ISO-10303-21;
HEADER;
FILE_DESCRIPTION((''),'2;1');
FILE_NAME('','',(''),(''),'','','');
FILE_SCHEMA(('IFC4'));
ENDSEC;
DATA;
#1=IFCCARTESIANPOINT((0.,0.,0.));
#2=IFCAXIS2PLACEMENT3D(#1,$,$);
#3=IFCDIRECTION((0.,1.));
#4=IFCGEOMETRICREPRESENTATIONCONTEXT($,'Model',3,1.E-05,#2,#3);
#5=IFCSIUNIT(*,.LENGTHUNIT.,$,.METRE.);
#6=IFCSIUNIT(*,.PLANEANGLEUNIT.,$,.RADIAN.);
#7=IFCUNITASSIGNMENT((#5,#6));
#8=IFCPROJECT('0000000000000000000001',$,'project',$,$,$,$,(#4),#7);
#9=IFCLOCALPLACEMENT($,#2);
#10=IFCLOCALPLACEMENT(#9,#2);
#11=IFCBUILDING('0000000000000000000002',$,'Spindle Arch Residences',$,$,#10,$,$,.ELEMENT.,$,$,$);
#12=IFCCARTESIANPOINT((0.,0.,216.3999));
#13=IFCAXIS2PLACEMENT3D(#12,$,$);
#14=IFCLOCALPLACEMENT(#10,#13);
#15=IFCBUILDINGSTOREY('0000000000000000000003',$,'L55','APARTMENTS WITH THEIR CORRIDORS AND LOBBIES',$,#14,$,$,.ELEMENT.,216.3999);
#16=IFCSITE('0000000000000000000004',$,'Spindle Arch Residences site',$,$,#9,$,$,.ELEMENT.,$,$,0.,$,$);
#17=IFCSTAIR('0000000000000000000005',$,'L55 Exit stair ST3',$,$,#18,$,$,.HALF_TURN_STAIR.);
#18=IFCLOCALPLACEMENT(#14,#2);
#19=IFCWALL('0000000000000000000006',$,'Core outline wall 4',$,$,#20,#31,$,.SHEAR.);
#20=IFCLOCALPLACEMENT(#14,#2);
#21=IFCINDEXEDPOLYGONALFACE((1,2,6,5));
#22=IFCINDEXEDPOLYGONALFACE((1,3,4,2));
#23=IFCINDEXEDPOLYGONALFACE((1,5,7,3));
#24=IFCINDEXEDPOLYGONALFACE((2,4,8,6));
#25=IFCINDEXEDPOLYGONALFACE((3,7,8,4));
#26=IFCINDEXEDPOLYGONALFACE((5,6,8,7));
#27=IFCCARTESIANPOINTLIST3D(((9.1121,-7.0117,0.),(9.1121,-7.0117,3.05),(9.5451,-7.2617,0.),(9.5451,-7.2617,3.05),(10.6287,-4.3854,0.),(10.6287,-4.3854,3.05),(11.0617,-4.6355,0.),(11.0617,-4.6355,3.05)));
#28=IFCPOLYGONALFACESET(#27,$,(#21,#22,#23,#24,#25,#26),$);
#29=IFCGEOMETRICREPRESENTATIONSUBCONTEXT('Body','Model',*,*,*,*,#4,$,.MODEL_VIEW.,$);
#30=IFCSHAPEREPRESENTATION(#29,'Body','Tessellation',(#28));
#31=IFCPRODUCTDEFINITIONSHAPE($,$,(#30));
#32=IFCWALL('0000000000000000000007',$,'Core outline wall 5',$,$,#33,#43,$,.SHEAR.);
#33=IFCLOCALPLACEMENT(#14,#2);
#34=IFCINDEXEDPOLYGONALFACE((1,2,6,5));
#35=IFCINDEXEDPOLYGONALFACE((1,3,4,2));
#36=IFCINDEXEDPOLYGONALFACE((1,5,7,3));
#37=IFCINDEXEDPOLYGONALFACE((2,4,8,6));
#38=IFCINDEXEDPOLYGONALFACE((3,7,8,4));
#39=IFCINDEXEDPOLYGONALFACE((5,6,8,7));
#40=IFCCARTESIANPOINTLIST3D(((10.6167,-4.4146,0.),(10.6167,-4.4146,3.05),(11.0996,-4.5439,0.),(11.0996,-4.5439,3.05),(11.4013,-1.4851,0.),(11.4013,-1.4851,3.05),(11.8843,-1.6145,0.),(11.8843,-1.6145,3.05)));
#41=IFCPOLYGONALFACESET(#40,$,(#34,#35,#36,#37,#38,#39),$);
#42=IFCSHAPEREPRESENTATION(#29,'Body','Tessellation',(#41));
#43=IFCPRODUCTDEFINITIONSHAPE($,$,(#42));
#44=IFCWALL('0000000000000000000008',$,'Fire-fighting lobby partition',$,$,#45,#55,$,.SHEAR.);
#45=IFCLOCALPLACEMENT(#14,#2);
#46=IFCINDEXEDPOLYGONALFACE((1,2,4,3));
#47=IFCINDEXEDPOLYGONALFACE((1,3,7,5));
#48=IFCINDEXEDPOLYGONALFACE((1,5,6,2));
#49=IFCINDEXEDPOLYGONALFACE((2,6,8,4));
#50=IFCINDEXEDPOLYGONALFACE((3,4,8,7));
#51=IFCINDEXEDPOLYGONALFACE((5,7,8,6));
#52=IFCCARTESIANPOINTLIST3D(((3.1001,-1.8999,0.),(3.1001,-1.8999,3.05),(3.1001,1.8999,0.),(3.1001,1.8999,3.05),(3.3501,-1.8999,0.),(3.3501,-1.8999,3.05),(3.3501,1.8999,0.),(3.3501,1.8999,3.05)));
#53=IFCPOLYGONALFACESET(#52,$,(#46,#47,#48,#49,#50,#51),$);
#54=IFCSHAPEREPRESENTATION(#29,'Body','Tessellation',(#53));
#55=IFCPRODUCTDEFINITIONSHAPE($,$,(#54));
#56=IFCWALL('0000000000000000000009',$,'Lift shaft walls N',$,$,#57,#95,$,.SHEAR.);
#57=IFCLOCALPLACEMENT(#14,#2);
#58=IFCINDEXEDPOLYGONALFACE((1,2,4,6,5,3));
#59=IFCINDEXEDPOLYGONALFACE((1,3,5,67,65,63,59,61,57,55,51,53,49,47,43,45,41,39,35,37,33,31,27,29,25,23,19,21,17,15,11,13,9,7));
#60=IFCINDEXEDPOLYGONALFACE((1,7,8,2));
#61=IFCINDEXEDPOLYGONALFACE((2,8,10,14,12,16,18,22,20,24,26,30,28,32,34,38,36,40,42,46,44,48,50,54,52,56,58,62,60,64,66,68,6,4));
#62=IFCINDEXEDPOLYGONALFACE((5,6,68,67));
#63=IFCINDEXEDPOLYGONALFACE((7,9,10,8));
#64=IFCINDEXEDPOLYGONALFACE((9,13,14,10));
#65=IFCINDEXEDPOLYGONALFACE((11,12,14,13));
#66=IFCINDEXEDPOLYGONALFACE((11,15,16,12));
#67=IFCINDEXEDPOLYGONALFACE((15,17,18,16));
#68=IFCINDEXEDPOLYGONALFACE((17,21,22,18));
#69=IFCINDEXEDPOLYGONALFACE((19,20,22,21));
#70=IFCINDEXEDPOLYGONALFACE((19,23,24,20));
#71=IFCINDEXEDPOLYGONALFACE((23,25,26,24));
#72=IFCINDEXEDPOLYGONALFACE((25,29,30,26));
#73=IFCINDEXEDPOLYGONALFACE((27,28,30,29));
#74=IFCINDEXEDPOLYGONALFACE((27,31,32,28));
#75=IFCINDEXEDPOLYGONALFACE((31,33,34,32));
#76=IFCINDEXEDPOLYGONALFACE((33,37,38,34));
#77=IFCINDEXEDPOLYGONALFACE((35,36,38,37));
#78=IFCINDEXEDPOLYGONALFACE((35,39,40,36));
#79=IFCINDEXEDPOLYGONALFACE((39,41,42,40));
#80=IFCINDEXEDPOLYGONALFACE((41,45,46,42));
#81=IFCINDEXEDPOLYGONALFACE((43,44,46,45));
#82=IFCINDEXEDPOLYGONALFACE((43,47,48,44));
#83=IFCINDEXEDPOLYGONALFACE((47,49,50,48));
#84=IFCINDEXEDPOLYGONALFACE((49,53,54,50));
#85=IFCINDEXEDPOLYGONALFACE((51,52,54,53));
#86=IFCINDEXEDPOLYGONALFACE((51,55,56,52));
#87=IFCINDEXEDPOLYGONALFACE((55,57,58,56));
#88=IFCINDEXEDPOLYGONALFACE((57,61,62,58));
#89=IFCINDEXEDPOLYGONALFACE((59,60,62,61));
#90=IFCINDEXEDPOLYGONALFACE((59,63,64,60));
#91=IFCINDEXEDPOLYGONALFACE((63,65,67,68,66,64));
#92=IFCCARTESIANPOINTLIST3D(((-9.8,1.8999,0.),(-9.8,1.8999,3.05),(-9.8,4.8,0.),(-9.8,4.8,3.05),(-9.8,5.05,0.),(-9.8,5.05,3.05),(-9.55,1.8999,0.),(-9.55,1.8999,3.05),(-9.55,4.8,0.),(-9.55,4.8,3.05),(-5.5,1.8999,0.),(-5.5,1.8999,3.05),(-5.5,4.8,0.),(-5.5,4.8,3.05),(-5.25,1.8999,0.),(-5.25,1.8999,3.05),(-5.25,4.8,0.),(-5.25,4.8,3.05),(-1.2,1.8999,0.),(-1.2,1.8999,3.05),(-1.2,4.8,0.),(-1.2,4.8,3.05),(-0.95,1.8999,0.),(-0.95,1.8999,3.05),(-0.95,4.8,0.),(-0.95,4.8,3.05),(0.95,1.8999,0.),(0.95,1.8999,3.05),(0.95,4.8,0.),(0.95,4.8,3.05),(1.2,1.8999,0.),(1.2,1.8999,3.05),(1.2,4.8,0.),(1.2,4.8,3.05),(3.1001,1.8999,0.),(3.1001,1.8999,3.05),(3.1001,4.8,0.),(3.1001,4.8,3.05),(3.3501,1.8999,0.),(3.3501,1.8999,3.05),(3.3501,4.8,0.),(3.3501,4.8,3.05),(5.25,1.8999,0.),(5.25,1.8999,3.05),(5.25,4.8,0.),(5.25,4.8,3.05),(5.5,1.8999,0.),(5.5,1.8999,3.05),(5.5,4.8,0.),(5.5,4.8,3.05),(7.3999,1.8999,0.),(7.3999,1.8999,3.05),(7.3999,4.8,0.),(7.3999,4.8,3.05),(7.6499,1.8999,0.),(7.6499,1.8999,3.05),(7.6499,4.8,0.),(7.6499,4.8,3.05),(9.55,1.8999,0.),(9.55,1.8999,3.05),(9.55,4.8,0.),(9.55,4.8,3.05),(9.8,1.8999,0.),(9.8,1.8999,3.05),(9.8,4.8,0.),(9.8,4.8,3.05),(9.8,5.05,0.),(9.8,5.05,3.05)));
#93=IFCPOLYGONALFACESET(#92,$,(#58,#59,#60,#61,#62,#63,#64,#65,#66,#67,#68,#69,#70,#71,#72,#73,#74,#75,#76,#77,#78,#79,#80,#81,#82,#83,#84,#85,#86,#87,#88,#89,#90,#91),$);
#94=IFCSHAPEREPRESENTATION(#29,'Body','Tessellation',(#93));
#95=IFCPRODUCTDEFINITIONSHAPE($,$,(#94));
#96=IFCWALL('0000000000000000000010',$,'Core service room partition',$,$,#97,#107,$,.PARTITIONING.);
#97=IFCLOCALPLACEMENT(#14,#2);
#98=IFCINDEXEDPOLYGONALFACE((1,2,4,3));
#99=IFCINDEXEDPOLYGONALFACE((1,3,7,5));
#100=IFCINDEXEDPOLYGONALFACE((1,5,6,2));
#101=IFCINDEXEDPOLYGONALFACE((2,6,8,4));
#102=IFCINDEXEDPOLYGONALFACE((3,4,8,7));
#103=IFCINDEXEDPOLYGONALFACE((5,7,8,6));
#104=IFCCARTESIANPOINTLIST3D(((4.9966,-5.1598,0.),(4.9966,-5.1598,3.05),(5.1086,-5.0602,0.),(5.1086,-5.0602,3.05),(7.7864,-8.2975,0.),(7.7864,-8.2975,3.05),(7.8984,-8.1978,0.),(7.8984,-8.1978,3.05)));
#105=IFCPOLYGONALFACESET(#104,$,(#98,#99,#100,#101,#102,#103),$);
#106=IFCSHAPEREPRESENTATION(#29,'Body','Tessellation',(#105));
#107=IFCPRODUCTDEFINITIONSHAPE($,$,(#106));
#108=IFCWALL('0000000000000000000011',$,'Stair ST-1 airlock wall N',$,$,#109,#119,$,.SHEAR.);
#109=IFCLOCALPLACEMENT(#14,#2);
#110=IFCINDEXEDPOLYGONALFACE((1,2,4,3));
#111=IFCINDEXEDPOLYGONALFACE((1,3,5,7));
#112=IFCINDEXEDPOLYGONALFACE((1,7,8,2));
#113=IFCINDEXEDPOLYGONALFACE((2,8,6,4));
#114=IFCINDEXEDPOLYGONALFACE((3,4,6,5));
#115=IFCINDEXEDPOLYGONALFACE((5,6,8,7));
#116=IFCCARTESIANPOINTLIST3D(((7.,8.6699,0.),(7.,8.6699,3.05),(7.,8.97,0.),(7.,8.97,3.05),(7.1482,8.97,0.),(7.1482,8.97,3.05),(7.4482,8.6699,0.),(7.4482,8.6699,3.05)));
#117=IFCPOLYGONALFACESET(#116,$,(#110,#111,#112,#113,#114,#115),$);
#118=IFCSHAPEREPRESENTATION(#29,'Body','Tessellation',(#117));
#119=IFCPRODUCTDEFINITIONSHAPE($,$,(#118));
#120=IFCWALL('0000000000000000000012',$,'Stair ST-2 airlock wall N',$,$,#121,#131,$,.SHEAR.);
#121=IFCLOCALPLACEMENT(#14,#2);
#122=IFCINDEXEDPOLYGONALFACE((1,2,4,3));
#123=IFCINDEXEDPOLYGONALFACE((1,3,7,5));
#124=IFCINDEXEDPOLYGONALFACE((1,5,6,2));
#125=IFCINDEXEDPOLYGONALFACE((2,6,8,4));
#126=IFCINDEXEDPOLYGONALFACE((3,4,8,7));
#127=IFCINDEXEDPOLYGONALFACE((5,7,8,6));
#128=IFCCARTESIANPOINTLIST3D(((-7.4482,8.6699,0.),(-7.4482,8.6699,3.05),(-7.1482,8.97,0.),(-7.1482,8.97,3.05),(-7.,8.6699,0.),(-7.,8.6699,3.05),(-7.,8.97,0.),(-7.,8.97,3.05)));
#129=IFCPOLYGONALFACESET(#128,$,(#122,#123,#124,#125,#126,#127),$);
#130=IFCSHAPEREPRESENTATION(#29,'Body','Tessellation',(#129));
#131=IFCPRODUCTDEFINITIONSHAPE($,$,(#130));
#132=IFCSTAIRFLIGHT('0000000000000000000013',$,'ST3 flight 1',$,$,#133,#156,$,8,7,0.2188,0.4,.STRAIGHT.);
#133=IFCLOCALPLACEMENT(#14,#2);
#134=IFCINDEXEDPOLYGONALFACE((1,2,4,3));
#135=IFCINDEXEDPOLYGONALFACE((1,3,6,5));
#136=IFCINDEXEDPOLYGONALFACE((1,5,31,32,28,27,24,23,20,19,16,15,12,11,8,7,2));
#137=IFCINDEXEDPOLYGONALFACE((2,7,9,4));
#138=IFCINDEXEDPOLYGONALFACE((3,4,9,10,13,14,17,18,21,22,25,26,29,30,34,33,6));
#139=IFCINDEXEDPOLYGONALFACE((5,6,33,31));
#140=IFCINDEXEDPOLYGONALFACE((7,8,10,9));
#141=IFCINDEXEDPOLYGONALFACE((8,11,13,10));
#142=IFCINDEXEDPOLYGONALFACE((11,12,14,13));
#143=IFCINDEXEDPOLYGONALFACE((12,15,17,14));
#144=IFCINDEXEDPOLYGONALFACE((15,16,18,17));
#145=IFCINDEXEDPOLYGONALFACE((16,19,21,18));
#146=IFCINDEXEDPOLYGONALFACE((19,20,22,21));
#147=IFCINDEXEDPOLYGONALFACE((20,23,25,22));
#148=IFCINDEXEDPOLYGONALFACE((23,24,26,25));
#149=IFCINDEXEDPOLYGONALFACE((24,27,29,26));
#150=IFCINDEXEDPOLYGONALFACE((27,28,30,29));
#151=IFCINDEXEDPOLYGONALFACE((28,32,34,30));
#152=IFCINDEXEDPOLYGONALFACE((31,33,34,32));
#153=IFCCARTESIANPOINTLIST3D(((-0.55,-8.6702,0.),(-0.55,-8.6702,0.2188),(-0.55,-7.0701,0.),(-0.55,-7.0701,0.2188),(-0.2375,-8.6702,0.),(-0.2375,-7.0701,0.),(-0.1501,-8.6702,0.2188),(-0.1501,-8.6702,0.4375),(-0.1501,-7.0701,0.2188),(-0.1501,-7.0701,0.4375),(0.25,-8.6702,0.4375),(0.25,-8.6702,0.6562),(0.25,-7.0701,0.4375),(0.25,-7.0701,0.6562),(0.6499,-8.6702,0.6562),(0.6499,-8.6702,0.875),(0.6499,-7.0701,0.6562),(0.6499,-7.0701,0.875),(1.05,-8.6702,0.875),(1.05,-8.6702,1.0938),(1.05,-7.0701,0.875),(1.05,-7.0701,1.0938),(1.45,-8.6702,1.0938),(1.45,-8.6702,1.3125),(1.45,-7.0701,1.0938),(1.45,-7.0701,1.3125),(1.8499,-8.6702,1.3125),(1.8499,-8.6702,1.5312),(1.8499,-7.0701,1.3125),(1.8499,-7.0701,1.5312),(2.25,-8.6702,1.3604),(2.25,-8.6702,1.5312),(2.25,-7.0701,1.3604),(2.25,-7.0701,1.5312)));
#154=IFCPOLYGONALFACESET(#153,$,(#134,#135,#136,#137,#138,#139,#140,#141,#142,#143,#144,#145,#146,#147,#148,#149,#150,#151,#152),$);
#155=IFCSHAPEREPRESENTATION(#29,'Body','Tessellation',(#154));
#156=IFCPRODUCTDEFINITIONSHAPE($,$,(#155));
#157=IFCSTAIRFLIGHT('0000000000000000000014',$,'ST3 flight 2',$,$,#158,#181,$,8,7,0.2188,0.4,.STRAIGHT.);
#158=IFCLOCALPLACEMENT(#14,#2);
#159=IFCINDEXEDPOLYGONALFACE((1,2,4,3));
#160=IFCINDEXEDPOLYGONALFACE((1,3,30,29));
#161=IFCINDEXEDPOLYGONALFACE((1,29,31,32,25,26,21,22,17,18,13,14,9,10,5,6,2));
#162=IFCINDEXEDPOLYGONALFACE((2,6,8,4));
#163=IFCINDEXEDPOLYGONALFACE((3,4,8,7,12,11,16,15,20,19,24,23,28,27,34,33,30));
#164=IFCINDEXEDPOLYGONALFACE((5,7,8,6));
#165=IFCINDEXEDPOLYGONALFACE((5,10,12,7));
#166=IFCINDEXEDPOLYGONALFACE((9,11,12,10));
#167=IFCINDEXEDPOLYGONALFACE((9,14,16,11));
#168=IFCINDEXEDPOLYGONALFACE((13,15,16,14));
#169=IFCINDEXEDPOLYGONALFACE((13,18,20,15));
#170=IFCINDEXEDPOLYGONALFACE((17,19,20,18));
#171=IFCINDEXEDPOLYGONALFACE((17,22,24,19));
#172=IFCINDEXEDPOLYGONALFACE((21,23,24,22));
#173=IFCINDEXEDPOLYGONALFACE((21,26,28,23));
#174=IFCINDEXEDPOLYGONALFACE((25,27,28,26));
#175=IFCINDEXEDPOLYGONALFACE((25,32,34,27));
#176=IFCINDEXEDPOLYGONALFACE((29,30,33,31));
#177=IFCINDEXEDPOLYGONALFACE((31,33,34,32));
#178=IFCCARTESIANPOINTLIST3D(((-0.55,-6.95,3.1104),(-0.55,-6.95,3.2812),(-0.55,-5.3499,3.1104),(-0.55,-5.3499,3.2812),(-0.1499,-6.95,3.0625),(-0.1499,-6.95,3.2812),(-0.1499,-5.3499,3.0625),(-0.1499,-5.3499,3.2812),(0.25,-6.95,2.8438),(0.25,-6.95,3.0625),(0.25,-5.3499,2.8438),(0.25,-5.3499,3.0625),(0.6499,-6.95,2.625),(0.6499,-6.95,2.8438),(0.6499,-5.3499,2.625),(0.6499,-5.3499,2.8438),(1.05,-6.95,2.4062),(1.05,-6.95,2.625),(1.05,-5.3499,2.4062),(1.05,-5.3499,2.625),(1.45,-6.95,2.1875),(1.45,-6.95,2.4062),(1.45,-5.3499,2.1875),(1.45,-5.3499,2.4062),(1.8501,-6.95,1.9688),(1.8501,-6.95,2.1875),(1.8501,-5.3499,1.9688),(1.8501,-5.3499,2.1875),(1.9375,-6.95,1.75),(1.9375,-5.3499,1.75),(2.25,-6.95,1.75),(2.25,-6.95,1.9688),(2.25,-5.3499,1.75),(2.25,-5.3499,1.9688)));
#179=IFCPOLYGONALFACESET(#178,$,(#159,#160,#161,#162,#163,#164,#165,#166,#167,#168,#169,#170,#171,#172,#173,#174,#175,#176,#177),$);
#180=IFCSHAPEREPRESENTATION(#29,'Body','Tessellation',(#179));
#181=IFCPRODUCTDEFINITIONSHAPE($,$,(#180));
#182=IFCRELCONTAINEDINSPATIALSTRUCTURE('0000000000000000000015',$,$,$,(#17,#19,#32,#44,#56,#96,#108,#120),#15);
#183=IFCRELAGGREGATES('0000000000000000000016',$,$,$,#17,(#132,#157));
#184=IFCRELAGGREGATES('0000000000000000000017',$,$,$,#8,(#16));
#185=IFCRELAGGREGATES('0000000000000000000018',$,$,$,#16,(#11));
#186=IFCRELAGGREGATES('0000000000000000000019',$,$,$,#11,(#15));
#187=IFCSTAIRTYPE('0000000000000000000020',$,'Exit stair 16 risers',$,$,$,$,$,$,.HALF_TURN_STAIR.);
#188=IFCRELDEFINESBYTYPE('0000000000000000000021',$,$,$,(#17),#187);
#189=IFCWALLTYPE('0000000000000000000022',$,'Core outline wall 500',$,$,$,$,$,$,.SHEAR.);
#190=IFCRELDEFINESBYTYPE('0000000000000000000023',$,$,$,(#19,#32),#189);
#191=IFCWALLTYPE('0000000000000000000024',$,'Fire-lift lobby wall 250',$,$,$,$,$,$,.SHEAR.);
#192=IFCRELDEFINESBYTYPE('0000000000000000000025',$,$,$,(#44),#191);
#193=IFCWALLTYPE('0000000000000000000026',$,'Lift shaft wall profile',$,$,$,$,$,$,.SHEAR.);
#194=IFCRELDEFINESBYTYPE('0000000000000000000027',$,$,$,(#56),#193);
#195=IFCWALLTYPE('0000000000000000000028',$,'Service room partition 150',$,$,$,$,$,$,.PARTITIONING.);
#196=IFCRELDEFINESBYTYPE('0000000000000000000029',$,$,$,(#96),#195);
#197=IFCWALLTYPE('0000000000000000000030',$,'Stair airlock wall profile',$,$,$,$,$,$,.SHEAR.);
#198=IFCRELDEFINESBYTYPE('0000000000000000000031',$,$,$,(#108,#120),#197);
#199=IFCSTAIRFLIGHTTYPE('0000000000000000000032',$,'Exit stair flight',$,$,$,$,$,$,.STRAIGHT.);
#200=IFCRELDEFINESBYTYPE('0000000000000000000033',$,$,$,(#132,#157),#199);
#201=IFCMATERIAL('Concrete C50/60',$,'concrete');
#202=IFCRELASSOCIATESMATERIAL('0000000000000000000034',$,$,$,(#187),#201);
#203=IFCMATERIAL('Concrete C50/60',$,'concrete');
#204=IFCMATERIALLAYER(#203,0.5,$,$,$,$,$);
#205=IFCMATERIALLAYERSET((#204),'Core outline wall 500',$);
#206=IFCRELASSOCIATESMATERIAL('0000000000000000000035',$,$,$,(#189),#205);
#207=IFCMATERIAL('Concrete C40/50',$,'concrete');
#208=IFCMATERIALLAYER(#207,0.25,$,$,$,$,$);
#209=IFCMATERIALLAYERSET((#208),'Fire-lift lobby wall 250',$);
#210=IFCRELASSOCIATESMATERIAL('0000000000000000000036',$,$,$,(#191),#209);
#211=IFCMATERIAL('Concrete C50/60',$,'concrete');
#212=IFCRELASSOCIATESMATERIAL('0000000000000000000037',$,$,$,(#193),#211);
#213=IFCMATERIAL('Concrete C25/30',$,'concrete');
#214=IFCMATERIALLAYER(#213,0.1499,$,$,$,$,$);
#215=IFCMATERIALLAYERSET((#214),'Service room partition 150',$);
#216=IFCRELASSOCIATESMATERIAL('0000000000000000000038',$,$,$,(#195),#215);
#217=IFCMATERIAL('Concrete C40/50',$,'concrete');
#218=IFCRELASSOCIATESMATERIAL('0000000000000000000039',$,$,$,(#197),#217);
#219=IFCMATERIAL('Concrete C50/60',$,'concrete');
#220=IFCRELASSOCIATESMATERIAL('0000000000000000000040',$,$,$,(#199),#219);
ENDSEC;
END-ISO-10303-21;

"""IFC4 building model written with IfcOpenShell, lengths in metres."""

from ifc_helpers import new_model, si_unit, direction, frame, frame_2d, origin, place, context, subcontext, project, spatial, polyline, rectangle, outline, extrude, material, layer, layer_set, type_object, element, aggregate, save


model = new_model("IFC4")

# Units and contexts
model_context = context("Model", 3, precision=1e-05, world=origin(), true_north=direction((0.0, 1.0)))
body_context = subcontext(model_context, "Body", "Model", "MODEL_VIEW")
ifc_project = project(units=[si_unit("LENGTHUNIT", "METRE"), si_unit("PLANEANGLEUNIT", "RADIAN")], contexts=[model_context])

# Site, building, storey
site_placement = place(None, origin())
site = spatial("IfcSite", under=ifc_project, at=site_placement, Name="Spindle Arch Residences site", CompositionType="ELEMENT", RefElevation=0.0)
building_placement = place(site_placement, origin())
building = spatial("IfcBuilding", under=site, at=building_placement, Name="Spindle Arch Residences", CompositionType="ELEMENT")
storey_placement = place(building_placement, frame((0.0, 0.0, 216.3999)))
storey = spatial("IfcBuildingStorey", under=building, at=storey_placement, Name="L55", Description="APARTMENTS WITH THEIR CORRIDORS AND LOBBIES", CompositionType="ELEMENT", Elevation=216.3999)

# Stair
ifc_material_1 = material(Name="Concrete C50/60", Category="concrete")
stair_type = type_object("IfcStairType", Name="Exit stair 16 risers", PredefinedType="HALF_TURN_STAIR", material=ifc_material_1)
stair_1_placement = place(storey_placement, origin())
stair_1 = element("IfcStair", 1, at=stair_1_placement, inside=storey, type_object=stair_type, Name="L55 Exit stair ST3", PredefinedType="HALF_TURN_STAIR")

# Walls
ifc_material_2 = material(Name="Concrete C50/60", Category="concrete")
ifc_layer_1 = layer(ifc_material_2, 0.5)
ifc_layer_set_1 = layer_set([ifc_layer_1], Name="Core outline wall 500")
wall_type_1 = type_object("IfcWallType", Name="Core outline wall 500", PredefinedType="SHEAR", material=ifc_layer_set_1)
for number, where, z_axis, x_axis, name in (
    (2, (9.3286, -7.1367, 0.0), (0.0, 0.0, 1.0), (0.500087, 0.865975, 0.0), "Core outline wall 4"),
    (3, (10.8582, -4.4792, 0.0), (0.0, 0.0, 1.0), (0.258735, 0.965948, 0.0), "Core outline wall 5"),
):
    element("IfcWall", number, at=place(storey_placement, frame(where, z_axis=z_axis, x_axis=x_axis)), inside=storey, type_object=wall_type_1, Name=name, PredefinedType="SHEAR", context=body_context, shape_type="SweptSolid", body=[
        extrude(rectangle(XDim=3.0327, YDim=0.5, at=frame_2d((1.5164, 0.0))), origin(), (0.0, 0.0, 1.0), 3.05),
    ])
ifc_material_3 = material(Name="Concrete C40/50", Category="concrete")
ifc_layer_2 = layer(ifc_material_3, 0.25)
ifc_layer_set_2 = layer_set([ifc_layer_2], Name="Fire-lift lobby wall 250")
wall_type_2 = type_object("IfcWallType", Name="Fire-lift lobby wall 250", PredefinedType="SHEAR", material=ifc_layer_set_2)
wall_1_placement = place(storey_placement, frame((3.2251, -1.8999, 0.0), z_axis=(0.0, 0.0, 1.0), x_axis=(0.0, 1.0, 0.0)))
element("IfcWall", 4, at=wall_1_placement, inside=storey, type_object=wall_type_2, Name="Fire-fighting lobby partition", PredefinedType="SHEAR", context=body_context, shape_type="SweptSolid", body=[
    extrude(rectangle(XDim=3.7998, YDim=0.25, at=frame_2d((1.8999, 0.0))), origin(), (0.0, 0.0, 1.0), 3.05),
])

# Walls
ifc_material_4 = material(Name="Concrete C50/60", Category="concrete")
wall_type_3 = type_object("IfcWallType", Name="Lift shaft wall profile", PredefinedType="SHEAR", material=ifc_material_4)
wall_2_placement = place(storey_placement, origin())
element("IfcWall", 5, at=wall_2_placement, inside=storey, type_object=wall_type_3, Name="Lift shaft walls N", PredefinedType="SHEAR", context=body_context, shape_type="SweptSolid", body=[
    extrude(outline(polyline([(-9.55, 4.8), (-5.5, 4.8), (-5.5, 1.8999), (-5.25, 1.8999), (-5.25, 4.8), (-1.2, 4.8), (-1.2, 1.8999), (-0.95, 1.8999), (-0.95, 4.8), (0.95, 4.8), (0.95, 1.8999), (1.2, 1.8999), (1.2, 4.8), (3.1001, 4.8), (3.1001, 1.8999), (3.3501, 1.8999), (3.3501, 4.8), (5.25, 4.8), (5.25, 1.8999), (5.5, 1.8999), (5.5, 4.8), (7.3999, 4.8), (7.3999, 1.8999), (7.6499, 1.8999), (7.6499, 4.8), (9.55, 4.8), (9.55, 1.8999), (9.8, 1.8999), (9.8, 4.8), (9.8, 5.05), (-9.8, 5.05), (-9.8, 4.8), (-9.8, 1.8999), (-9.55, 1.8999), (-9.55, 4.8)])), origin(), (0.0, 0.0, 1.0), 3.05),
])
ifc_material_5 = material(Name="Concrete C25/30", Category="concrete")
ifc_layer_3 = layer(ifc_material_5, 0.1499)
ifc_layer_set_3 = layer_set([ifc_layer_3], Name="Service room partition 150")
wall_type_4 = type_object("IfcWallType", Name="Service room partition 150", PredefinedType="PARTITIONING", material=ifc_layer_set_3)
wall_3_placement = place(storey_placement, frame((7.8423, -8.2476, 0.0), z_axis=(0.0, 0.0, 1.0), x_axis=(-0.664461, 0.747323, 0.0)))
element("IfcWall", 6, at=wall_3_placement, inside=storey, type_object=wall_type_4, Name="Core service room partition", PredefinedType="PARTITIONING", context=body_context, shape_type="SweptSolid", body=[
    extrude(rectangle(XDim=4.1985, YDim=0.1499, at=frame_2d((2.0991, 0.0))), origin(), (0.0, 0.0, 1.0), 3.05),
])
ifc_material_6 = material(Name="Concrete C40/50", Category="concrete")
wall_type_5 = type_object("IfcWallType", Name="Stair airlock wall profile", PredefinedType="SHEAR", material=ifc_material_6)
wall_4_placement = place(storey_placement, origin())
element("IfcWall", 7, at=wall_4_placement, inside=storey, type_object=wall_type_5, Name="Stair ST-1 airlock wall N", PredefinedType="SHEAR", context=body_context, shape_type="SweptSolid", body=[
    extrude(outline(polyline([(7.4482, 8.6699), (7.0, 8.6699), (7.0, 8.97), (7.1482, 8.97), (7.4482, 8.6699)])), origin(), (0.0, 0.0, 1.0), 3.05),
])
wall_5_placement = place(storey_placement, origin())
element("IfcWall", 8, at=wall_5_placement, inside=storey, type_object=wall_type_5, Name="Stair ST-2 airlock wall N", PredefinedType="SHEAR", context=body_context, shape_type="SweptSolid", body=[
    extrude(outline(polyline([(-7.1482, 8.97), (-7.0, 8.97), (-7.0, 8.6699), (-7.4482, 8.6699), (-7.1482, 8.97)])), origin(), (0.0, 0.0, 1.0), 3.05),
])

# Stair flights
ifc_material_7 = material(Name="Concrete C50/60", Category="concrete")
stair_flight_type = type_object("IfcStairFlightType", Name="Exit stair flight", PredefinedType="STRAIGHT", material=ifc_material_7)
stair_flight_1_placement = place(storey_placement, frame((-0.55, -7.8701, 0.0), z_axis=(0.0, 0.0, 1.0), x_axis=(1.0, 0.0, 0.0)))
stair_flight_1 = element("IfcStairFlight", 9, at=stair_flight_1_placement, type_object=stair_flight_type, Name="ST3 flight 1", NumberOfRisers=8, NumberOfTreads=7, PredefinedType="STRAIGHT", RiserHeight=0.2188, TreadLength=0.4, context=body_context, shape_type="SweptSolid", body=[
    extrude(outline(polyline([(0.0, 0.0), (0.0, 0.2188), (0.3999, 0.2188), (0.3999, 0.4375), (0.8, 0.4375), (0.8, 0.6562), (1.2, 0.6562), (1.2, 0.875), (1.6001, 0.875), (1.6001, 1.0938), (2.0, 1.0938), (2.0, 1.3125), (2.3999, 1.3125), (2.3999, 1.5312), (2.8, 1.5312), (2.8, 1.75), (2.8, 1.3604), (0.3125, 0.0), (0.0, 0.0)])), frame((0.0, 0.8, 0.0), z_axis=(0.0, -1.0, 0.0), x_axis=(1.0, 0.0, 0.0)), (0.0, 0.0, 1.0), 1.6001),
])
stair_flight_2_placement = place(storey_placement, frame((2.25, -6.1499, 1.75), z_axis=(0.0, 0.0, 1.0), x_axis=(-1.0, 0.0, 0.0)))
stair_flight_2 = element("IfcStairFlight", 10, at=stair_flight_2_placement, type_object=stair_flight_type, Name="ST3 flight 2", NumberOfRisers=8, NumberOfTreads=7, PredefinedType="STRAIGHT", RiserHeight=0.2188, TreadLength=0.4, context=body_context, shape_type="SweptSolid", body=[
    extrude(outline(polyline([(0.0, 0.0), (0.0, 0.2188), (0.3999, 0.2188), (0.3999, 0.4375), (0.8, 0.4375), (0.8, 0.6562), (1.2, 0.6562), (1.2, 0.875), (1.6001, 0.875), (1.6001, 1.0938), (2.0, 1.0938), (2.0, 1.3125), (2.3999, 1.3125), (2.3999, 1.5312), (2.8, 1.5312), (2.8, 1.75), (2.8, 1.3604), (0.3125, 0.0), (0.0, 0.0)])), frame((0.0, 0.8, 0.0), z_axis=(0.0, -1.0, 0.0), x_axis=(1.0, 0.0, 0.0)), (0.0, 0.0, 1.0), 1.6001),
])
aggregate(stair_1, [stair_flight_1, stair_flight_2])

save(model, "model.ifc")
